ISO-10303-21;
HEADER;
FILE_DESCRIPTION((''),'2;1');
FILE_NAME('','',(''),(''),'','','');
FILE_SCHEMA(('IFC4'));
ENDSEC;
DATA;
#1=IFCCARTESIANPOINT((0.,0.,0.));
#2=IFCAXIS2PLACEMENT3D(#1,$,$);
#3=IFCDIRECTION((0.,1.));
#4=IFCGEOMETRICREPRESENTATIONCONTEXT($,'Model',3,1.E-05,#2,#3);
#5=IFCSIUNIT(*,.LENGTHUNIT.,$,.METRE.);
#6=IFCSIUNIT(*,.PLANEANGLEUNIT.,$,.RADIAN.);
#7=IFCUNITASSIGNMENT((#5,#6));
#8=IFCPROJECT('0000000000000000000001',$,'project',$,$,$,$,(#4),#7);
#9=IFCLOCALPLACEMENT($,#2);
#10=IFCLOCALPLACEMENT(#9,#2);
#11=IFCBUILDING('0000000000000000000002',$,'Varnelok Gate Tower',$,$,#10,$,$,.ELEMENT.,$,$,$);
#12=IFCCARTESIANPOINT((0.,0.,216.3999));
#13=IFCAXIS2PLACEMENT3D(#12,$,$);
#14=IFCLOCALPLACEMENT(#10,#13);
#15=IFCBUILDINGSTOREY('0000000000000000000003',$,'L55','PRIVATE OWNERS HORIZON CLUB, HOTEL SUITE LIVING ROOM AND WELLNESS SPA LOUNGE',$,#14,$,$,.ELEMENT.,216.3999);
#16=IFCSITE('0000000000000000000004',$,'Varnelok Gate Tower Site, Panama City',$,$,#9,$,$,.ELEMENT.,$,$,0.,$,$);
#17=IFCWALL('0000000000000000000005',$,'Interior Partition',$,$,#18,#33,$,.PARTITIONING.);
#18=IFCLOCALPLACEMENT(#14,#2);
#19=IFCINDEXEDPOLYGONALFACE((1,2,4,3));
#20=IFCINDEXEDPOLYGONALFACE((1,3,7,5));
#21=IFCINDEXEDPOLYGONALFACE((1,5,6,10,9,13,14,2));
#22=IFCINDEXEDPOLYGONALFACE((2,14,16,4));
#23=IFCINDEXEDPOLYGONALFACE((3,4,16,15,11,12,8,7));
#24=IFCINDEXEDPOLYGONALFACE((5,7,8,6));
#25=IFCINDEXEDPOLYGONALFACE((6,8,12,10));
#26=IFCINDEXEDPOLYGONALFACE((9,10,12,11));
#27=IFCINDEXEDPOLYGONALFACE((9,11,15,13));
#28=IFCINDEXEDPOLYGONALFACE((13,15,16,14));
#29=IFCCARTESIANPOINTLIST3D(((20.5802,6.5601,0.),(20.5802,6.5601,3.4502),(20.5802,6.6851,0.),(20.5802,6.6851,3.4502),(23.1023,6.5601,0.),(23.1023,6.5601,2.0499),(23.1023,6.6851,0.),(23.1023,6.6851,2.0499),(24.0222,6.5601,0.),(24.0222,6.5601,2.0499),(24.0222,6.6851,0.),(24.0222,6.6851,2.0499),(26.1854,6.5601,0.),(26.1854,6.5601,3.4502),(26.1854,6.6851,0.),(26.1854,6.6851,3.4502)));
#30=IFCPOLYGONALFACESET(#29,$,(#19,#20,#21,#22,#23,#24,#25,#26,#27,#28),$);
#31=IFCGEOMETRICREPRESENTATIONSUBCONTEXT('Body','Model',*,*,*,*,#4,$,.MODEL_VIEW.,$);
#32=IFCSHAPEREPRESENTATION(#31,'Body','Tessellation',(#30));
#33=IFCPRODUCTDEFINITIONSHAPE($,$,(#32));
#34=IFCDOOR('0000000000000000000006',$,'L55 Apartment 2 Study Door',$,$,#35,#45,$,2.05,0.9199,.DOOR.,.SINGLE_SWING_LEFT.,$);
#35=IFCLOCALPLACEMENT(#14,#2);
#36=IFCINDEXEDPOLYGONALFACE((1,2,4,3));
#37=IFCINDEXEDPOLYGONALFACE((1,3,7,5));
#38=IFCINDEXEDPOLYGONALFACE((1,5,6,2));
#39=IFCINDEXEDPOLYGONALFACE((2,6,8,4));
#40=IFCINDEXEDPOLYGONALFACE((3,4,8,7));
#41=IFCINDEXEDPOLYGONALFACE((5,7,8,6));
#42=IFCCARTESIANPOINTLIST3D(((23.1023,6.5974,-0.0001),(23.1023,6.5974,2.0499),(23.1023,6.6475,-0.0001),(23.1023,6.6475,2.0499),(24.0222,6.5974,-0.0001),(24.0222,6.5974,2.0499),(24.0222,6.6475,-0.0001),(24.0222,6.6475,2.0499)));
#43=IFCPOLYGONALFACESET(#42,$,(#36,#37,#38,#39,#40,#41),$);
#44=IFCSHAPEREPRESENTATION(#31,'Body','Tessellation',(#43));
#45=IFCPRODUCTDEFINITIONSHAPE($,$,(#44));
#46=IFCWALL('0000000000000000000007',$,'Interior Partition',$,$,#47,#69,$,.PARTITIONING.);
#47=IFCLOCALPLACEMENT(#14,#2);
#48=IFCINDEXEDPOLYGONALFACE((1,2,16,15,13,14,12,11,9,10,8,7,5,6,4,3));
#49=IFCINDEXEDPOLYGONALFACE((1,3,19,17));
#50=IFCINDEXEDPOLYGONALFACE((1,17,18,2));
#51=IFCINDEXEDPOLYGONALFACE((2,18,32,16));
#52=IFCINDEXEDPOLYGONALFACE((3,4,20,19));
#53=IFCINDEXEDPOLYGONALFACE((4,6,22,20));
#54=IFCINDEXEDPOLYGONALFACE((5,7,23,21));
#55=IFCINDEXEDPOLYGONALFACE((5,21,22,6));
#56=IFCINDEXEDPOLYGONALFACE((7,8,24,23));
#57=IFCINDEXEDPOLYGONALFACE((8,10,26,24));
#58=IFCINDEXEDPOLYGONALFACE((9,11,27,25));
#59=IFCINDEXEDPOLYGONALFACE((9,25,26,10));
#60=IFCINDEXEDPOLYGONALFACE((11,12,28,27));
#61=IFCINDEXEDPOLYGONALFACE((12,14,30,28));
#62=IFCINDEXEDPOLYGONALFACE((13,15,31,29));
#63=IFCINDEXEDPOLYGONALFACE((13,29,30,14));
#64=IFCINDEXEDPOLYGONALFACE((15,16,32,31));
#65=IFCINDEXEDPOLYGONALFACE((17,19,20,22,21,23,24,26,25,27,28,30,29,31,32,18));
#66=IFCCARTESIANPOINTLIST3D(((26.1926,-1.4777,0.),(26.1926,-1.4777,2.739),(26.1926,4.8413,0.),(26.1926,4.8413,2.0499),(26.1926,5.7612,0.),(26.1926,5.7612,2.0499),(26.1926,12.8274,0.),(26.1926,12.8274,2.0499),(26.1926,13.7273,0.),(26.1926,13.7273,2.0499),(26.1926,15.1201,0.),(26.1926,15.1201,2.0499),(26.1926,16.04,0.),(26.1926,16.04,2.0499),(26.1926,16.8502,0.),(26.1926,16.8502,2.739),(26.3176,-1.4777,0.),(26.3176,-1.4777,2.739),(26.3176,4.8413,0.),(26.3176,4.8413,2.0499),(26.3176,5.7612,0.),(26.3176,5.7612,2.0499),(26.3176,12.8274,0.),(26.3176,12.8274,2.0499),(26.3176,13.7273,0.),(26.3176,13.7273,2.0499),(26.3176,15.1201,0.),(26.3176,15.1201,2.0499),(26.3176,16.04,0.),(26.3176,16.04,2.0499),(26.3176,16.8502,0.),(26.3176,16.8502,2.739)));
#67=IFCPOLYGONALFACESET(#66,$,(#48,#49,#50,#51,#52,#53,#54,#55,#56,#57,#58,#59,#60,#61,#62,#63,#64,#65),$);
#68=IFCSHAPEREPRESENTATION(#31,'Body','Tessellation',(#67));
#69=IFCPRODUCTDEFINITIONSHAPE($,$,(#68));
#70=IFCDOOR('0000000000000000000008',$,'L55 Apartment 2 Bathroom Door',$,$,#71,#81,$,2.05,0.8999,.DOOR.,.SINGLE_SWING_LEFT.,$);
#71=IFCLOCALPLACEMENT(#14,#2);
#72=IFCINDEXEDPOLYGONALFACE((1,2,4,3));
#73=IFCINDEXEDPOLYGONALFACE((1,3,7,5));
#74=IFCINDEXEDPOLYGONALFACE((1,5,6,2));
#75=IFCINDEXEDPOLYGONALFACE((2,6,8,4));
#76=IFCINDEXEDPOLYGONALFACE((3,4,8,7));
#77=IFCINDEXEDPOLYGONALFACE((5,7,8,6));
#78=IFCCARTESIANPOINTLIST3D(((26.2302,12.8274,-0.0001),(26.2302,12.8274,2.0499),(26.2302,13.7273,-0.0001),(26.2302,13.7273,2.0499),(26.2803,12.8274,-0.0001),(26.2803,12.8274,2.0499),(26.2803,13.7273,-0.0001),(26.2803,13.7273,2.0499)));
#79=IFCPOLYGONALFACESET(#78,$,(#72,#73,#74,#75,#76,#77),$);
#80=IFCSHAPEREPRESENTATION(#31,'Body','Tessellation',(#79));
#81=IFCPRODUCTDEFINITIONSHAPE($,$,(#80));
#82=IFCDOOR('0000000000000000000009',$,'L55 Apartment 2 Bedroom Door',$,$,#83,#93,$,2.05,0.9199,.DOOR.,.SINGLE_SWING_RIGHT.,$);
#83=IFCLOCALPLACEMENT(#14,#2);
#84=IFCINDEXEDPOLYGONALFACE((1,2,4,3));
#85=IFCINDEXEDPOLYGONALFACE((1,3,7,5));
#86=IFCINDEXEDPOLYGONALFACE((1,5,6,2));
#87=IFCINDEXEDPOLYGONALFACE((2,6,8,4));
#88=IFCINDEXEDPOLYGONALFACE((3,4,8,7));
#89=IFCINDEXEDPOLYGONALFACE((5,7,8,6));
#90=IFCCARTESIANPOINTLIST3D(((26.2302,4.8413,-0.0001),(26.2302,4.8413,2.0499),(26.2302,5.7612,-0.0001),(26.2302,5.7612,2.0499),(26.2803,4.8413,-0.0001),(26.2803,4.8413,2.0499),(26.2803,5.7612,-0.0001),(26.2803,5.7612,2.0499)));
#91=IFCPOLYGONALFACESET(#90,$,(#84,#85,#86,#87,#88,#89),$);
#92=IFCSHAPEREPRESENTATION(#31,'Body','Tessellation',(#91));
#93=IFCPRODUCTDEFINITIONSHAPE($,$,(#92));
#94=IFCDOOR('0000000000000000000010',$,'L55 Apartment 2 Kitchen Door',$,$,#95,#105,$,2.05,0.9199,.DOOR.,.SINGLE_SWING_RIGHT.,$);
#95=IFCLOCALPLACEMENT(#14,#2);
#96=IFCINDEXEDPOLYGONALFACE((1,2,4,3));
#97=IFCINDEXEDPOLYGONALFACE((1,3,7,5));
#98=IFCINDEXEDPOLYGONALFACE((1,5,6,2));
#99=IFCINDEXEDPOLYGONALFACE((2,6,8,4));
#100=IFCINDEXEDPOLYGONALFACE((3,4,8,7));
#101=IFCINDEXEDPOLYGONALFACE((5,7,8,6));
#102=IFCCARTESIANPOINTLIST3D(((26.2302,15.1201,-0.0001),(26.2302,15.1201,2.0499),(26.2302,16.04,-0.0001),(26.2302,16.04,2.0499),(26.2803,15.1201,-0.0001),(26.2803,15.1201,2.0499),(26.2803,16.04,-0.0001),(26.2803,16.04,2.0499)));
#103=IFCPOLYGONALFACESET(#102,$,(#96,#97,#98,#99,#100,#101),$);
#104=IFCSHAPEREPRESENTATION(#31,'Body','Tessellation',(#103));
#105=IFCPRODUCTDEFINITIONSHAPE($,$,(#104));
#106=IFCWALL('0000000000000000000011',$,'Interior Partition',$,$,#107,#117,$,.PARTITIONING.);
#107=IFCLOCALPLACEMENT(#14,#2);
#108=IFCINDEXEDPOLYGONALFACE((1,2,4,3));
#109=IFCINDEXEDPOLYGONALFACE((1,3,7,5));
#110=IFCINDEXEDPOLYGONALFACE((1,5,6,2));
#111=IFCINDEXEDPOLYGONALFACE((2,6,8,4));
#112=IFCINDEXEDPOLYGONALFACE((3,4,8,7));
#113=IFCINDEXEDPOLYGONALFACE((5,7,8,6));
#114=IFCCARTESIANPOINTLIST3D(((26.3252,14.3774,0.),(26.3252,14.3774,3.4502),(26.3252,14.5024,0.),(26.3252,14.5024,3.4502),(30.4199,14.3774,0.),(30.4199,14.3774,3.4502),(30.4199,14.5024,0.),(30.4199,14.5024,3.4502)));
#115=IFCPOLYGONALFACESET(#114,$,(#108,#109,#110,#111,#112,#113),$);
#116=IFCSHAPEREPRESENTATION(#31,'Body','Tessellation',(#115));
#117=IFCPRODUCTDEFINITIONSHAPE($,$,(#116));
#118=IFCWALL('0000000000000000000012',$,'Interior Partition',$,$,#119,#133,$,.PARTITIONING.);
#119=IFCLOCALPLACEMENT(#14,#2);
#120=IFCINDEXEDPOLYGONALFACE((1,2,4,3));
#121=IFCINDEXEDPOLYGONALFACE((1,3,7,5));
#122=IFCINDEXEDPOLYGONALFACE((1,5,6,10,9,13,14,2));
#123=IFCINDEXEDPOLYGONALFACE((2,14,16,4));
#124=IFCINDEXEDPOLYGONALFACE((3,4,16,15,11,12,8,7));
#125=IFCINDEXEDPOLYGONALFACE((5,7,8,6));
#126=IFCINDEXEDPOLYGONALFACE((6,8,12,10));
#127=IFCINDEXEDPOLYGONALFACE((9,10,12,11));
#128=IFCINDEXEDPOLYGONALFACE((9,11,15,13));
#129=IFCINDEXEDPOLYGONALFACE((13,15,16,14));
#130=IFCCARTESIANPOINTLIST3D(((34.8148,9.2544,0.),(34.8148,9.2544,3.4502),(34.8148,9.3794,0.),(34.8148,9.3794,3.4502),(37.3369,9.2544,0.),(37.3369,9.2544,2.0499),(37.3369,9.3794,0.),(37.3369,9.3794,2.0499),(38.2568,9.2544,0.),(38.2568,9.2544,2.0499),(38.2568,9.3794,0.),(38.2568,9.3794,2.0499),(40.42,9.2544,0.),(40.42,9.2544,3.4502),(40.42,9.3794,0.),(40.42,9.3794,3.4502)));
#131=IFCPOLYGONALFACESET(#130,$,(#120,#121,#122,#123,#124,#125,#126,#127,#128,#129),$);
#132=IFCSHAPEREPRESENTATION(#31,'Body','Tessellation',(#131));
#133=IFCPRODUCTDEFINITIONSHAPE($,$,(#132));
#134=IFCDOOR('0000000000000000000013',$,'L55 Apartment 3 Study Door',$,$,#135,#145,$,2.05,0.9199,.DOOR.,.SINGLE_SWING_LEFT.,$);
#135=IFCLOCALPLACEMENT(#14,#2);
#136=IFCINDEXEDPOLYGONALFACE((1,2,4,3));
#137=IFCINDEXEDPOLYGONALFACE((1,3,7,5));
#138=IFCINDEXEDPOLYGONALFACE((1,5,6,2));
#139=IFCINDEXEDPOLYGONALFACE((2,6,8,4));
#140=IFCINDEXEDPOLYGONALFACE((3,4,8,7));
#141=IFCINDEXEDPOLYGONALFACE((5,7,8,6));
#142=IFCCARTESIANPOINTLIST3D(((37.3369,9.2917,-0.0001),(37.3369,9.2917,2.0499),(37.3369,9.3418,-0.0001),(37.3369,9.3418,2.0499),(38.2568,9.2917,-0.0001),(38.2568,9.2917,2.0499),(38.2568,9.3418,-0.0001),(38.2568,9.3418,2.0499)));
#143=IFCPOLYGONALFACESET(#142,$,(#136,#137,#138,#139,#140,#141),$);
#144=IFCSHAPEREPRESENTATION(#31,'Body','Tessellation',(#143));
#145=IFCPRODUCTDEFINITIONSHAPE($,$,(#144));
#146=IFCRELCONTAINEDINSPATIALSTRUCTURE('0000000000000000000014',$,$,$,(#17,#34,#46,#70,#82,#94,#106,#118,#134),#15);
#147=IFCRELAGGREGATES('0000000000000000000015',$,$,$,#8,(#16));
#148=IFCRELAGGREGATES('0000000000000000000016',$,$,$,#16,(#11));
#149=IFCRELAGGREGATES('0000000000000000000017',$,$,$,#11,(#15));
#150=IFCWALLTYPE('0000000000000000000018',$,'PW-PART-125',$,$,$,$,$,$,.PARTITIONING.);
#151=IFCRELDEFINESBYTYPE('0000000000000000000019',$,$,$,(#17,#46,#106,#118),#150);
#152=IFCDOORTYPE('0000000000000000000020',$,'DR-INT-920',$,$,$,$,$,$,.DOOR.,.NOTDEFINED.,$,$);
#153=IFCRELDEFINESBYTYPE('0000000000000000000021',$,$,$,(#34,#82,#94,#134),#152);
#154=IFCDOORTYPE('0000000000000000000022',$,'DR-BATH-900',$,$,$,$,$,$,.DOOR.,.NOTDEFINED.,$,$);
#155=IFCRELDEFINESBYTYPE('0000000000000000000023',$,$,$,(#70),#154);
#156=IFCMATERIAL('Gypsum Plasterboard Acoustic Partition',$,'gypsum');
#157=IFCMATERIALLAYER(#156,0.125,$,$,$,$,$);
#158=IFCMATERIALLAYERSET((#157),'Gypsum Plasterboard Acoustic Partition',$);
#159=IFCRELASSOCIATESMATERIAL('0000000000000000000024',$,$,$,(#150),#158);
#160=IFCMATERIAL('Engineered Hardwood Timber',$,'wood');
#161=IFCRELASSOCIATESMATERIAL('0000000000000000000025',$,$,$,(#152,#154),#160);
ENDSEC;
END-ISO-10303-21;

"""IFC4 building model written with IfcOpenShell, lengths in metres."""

from ifc_helpers import new_model, si_unit, direction, frame, frame_2d, origin, place, context, subcontext, project, spatial, rectangle, extrude, material, layer, layer_set, type_object, element, fill, save


model = new_model("IFC4")

# Units and contexts
model_context = context("Model", 3, precision=1e-05, world=origin(), true_north=direction((0.0, 1.0)))
body_context = subcontext(model_context, "Body", "Model", "MODEL_VIEW")
ifc_project = project(units=[si_unit("LENGTHUNIT", "METRE"), si_unit("PLANEANGLEUNIT", "RADIAN")], contexts=[model_context])

# Site, building, storey
site_placement = place(None, origin())
site = spatial("IfcSite", under=ifc_project, at=site_placement, Name="Varnelok Gate Tower Site, Panama City", CompositionType="ELEMENT", RefElevation=0.0)
building_placement = place(site_placement, origin())
building = spatial("IfcBuilding", under=site, at=building_placement, Name="Varnelok Gate Tower", CompositionType="ELEMENT")
storey_placement = place(building_placement, frame((0.0, 0.0, 216.3999)))
storey = spatial("IfcBuildingStorey", under=building, at=storey_placement, Name="L55", Description="PRIVATE OWNERS HORIZON CLUB, HOTEL SUITE LIVING ROOM AND WELLNESS SPA LOUNGE", CompositionType="ELEMENT", Elevation=216.3999)

# Shared definitions
ifc_material_1 = material(Name="Gypsum Plasterboard Acoustic Partition", Category="gypsum")

# Wall, opening, door
ifc_layer_1 = layer(ifc_material_1, 0.125)
ifc_layer_set_1 = layer_set([ifc_layer_1], Name="Gypsum Plasterboard Acoustic Partition")
wall_type_1 = type_object("IfcWallType", Name="PW-PART-125", PredefinedType="PARTITIONING", material=ifc_layer_set_1)
wall_1_placement = place(storey_placement, frame((20.5801, 6.6226, 0.0), z_axis=(0.0, 0.0, 1.0), x_axis=(1.0, 0.0, 0.0)))
wall_1 = element("IfcWall", 1, at=wall_1_placement, inside=storey, type_object=wall_type_1, Name="Interior Partition", PredefinedType="PARTITIONING", context=body_context, shape_type="SweptSolid", body=[
    extrude(rectangle(XDim=5.6052, YDim=0.125, at=frame_2d((2.8027, 0.0))), origin(), (0.0, 0.0, 1.0), 3.4502),
])
opening_1_placement = place(wall_1_placement, frame((2.5222, 0.0, 0.0)))
opening_1 = element("IfcOpeningElement", 2, at=opening_1_placement, cuts=wall_1, PredefinedType="OPENING", context=body_context, shape_type="SweptSolid", body=[
    extrude(rectangle(XDim=0.9199, YDim=2.05, at=frame_2d((0.46, 1.0249))), frame((0.0, 0.0725, 0.0), z_axis=(0.0, -1.0, 0.0), x_axis=(1.0, 0.0, 0.0)), (0.0, 0.0, 1.0), 0.145),
])
ifc_material_2 = material(Name="Engineered Hardwood Timber", Category="wood")
door_type_1 = type_object("IfcDoorType", Name="DR-INT-920", OperationType="NOTDEFINED", PredefinedType="DOOR", material=ifc_material_2)
door_1_placement = place(opening_1_placement, origin())
door_1 = element("IfcDoor", 3, at=door_1_placement, inside=storey, type_object=door_type_1, Name="L55 Apartment 2 Study Door", OperationType="SINGLE_SWING_LEFT", OverallHeight=2.05, OverallWidth=0.9199, PredefinedType="DOOR", context=body_context, shape_type="SweptSolid", body=[
    extrude(rectangle(XDim=0.9199, YDim=2.05, at=frame_2d((0.46, 1.0249))), frame((0.0, 0.0249, 0.0), z_axis=(0.0, -1.0, 0.0), x_axis=(1.0, 0.0, 0.0)), (0.0, 0.0, 1.0), 0.05),
])
fill(opening_1, door_1)

# Wall, openings, doors
wall_2_placement = place(storey_placement, frame((26.2551, -1.4778, 0.0), z_axis=(0.0, 0.0, 1.0), x_axis=(0.0, 1.0, 0.0)))
wall_2 = element("IfcWall", 4, at=wall_2_placement, inside=storey, type_object=wall_type_1, Name="Interior Partition", PredefinedType="PARTITIONING", context=body_context, shape_type="SweptSolid", body=[
    extrude(rectangle(XDim=18.3279, YDim=0.125, at=frame_2d((9.1641, 0.0))), origin(), (0.0, 0.0, 1.0), 2.739),
])
opening_2_placement = place(wall_2_placement, frame((6.3191, 0.0, 0.0)))
opening_2 = element("IfcOpeningElement", 5, at=opening_2_placement, cuts=wall_2, PredefinedType="OPENING", context=body_context, shape_type="SweptSolid", body=[
    extrude(rectangle(XDim=0.9199, YDim=2.05, at=frame_2d((0.46, 1.0249))), frame((0.0, 0.0725, 0.0), z_axis=(0.0, -1.0, 0.0), x_axis=(1.0, 0.0, 0.0)), (0.0, 0.0, 1.0), 0.145),
])
opening_3_placement = place(wall_2_placement, frame((14.3052, 0.0, 0.0)))
opening_3 = element("IfcOpeningElement", 6, at=opening_3_placement, cuts=wall_2, PredefinedType="OPENING", context=body_context, shape_type="SweptSolid", body=[
    extrude(rectangle(XDim=0.8999, YDim=2.05, at=frame_2d((0.45, 1.0249))), frame((0.0, 0.0725, 0.0), z_axis=(0.0, -1.0, 0.0), x_axis=(1.0, 0.0, 0.0)), (0.0, 0.0, 1.0), 0.145),
])
opening_4_placement = place(wall_2_placement, frame((16.5979, 0.0, 0.0)))
opening_4 = element("IfcOpeningElement", 7, at=opening_4_placement, cuts=wall_2, PredefinedType="OPENING", context=body_context, shape_type="SweptSolid", body=[
    extrude(rectangle(XDim=0.9199, YDim=2.05, at=frame_2d((0.46, 1.0249))), frame((0.0, 0.0725, 0.0), z_axis=(0.0, -1.0, 0.0), x_axis=(1.0, 0.0, 0.0)), (0.0, 0.0, 1.0), 0.145),
])
door_type_2 = type_object("IfcDoorType", Name="DR-BATH-900", OperationType="NOTDEFINED", PredefinedType="DOOR", material=ifc_material_2)
door_2_placement = place(opening_3_placement, origin())
door_2 = element("IfcDoor", 8, at=door_2_placement, inside=storey, type_object=door_type_2, Name="L55 Apartment 2 Bathroom Door", OperationType="SINGLE_SWING_LEFT", OverallHeight=2.05, OverallWidth=0.8999, PredefinedType="DOOR", context=body_context, shape_type="SweptSolid", body=[
    extrude(rectangle(XDim=0.8999, YDim=2.05, at=frame_2d((0.45, 1.0249))), frame((0.0, 0.0249, 0.0), z_axis=(0.0, -1.0, 0.0), x_axis=(1.0, 0.0, 0.0)), (0.0, 0.0, 1.0), 0.05),
])
fill(opening_3, door_2)
door_3_placement = place(opening_2_placement, origin())
door_3 = element("IfcDoor", 9, at=door_3_placement, inside=storey, type_object=door_type_1, Name="L55 Apartment 2 Bedroom Door", OperationType="SINGLE_SWING_RIGHT", OverallHeight=2.05, OverallWidth=0.9199, PredefinedType="DOOR", context=body_context, shape_type="SweptSolid", body=[
    extrude(rectangle(XDim=0.9199, YDim=2.05, at=frame_2d((0.46, 1.0249))), frame((0.0, 0.0249, 0.0), z_axis=(0.0, -1.0, 0.0), x_axis=(1.0, 0.0, 0.0)), (0.0, 0.0, 1.0), 0.05),
])
fill(opening_2, door_3)
door_4_placement = place(opening_4_placement, origin())
door_4 = element("IfcDoor", 10, at=door_4_placement, inside=storey, type_object=door_type_1, Name="L55 Apartment 2 Kitchen Door", OperationType="SINGLE_SWING_RIGHT", OverallHeight=2.05, OverallWidth=0.9199, PredefinedType="DOOR", context=body_context, shape_type="SweptSolid", body=[
    extrude(rectangle(XDim=0.9199, YDim=2.05, at=frame_2d((0.46, 1.0249))), frame((0.0, 0.0249, 0.0), z_axis=(0.0, -1.0, 0.0), x_axis=(1.0, 0.0, 0.0)), (0.0, 0.0, 1.0), 0.05),
])
fill(opening_4, door_4)

# Wall
wall_3_placement = place(storey_placement, frame((26.3252, 14.4399, 0.0), z_axis=(0.0, 0.0, 1.0), x_axis=(1.0, 0.0, 0.0)))
element("IfcWall", 11, at=wall_3_placement, inside=storey, type_object=wall_type_1, Name="Interior Partition", PredefinedType="PARTITIONING", context=body_context, shape_type="SweptSolid", body=[
    extrude(rectangle(XDim=4.0947, YDim=0.125, at=frame_2d((2.0474, 0.0))), origin(), (0.0, 0.0, 1.0), 3.4502),
])

# Wall, opening, door
wall_4_placement = place(storey_placement, frame((34.8147, 9.3169, 0.0), z_axis=(0.0, 0.0, 1.0), x_axis=(1.0, 0.0, 0.0)))
wall_4 = element("IfcWall", 12, at=wall_4_placement, inside=storey, type_object=wall_type_1, Name="Interior Partition", PredefinedType="PARTITIONING", context=body_context, shape_type="SweptSolid", body=[
    extrude(rectangle(XDim=5.6052, YDim=0.125, at=frame_2d((2.8027, 0.0))), origin(), (0.0, 0.0, 1.0), 3.4502),
])
opening_5_placement = place(wall_4_placement, frame((2.5222, 0.0, 0.0)))
opening_5 = element("IfcOpeningElement", 13, at=opening_5_placement, cuts=wall_4, PredefinedType="OPENING", context=body_context, shape_type="SweptSolid", body=[
    extrude(rectangle(XDim=0.9199, YDim=2.05, at=frame_2d((0.46, 1.0249))), frame((0.0, 0.0725, 0.0), z_axis=(0.0, -1.0, 0.0), x_axis=(1.0, 0.0, 0.0)), (0.0, 0.0, 1.0), 0.145),
])
door_5_placement = place(opening_5_placement, origin())
door_5 = element("IfcDoor", 14, at=door_5_placement, inside=storey, type_object=door_type_1, Name="L55 Apartment 3 Study Door", OperationType="SINGLE_SWING_LEFT", OverallHeight=2.05, OverallWidth=0.9199, PredefinedType="DOOR", context=body_context, shape_type="SweptSolid", body=[
    extrude(rectangle(XDim=0.9199, YDim=2.05, at=frame_2d((0.46, 1.0249))), frame((0.0, 0.0249, 0.0), z_axis=(0.0, -1.0, 0.0), x_axis=(1.0, 0.0, 0.0)), (0.0, 0.0, 1.0), 0.05),
])
fill(opening_5, door_5)

save(model, "model.ifc")
